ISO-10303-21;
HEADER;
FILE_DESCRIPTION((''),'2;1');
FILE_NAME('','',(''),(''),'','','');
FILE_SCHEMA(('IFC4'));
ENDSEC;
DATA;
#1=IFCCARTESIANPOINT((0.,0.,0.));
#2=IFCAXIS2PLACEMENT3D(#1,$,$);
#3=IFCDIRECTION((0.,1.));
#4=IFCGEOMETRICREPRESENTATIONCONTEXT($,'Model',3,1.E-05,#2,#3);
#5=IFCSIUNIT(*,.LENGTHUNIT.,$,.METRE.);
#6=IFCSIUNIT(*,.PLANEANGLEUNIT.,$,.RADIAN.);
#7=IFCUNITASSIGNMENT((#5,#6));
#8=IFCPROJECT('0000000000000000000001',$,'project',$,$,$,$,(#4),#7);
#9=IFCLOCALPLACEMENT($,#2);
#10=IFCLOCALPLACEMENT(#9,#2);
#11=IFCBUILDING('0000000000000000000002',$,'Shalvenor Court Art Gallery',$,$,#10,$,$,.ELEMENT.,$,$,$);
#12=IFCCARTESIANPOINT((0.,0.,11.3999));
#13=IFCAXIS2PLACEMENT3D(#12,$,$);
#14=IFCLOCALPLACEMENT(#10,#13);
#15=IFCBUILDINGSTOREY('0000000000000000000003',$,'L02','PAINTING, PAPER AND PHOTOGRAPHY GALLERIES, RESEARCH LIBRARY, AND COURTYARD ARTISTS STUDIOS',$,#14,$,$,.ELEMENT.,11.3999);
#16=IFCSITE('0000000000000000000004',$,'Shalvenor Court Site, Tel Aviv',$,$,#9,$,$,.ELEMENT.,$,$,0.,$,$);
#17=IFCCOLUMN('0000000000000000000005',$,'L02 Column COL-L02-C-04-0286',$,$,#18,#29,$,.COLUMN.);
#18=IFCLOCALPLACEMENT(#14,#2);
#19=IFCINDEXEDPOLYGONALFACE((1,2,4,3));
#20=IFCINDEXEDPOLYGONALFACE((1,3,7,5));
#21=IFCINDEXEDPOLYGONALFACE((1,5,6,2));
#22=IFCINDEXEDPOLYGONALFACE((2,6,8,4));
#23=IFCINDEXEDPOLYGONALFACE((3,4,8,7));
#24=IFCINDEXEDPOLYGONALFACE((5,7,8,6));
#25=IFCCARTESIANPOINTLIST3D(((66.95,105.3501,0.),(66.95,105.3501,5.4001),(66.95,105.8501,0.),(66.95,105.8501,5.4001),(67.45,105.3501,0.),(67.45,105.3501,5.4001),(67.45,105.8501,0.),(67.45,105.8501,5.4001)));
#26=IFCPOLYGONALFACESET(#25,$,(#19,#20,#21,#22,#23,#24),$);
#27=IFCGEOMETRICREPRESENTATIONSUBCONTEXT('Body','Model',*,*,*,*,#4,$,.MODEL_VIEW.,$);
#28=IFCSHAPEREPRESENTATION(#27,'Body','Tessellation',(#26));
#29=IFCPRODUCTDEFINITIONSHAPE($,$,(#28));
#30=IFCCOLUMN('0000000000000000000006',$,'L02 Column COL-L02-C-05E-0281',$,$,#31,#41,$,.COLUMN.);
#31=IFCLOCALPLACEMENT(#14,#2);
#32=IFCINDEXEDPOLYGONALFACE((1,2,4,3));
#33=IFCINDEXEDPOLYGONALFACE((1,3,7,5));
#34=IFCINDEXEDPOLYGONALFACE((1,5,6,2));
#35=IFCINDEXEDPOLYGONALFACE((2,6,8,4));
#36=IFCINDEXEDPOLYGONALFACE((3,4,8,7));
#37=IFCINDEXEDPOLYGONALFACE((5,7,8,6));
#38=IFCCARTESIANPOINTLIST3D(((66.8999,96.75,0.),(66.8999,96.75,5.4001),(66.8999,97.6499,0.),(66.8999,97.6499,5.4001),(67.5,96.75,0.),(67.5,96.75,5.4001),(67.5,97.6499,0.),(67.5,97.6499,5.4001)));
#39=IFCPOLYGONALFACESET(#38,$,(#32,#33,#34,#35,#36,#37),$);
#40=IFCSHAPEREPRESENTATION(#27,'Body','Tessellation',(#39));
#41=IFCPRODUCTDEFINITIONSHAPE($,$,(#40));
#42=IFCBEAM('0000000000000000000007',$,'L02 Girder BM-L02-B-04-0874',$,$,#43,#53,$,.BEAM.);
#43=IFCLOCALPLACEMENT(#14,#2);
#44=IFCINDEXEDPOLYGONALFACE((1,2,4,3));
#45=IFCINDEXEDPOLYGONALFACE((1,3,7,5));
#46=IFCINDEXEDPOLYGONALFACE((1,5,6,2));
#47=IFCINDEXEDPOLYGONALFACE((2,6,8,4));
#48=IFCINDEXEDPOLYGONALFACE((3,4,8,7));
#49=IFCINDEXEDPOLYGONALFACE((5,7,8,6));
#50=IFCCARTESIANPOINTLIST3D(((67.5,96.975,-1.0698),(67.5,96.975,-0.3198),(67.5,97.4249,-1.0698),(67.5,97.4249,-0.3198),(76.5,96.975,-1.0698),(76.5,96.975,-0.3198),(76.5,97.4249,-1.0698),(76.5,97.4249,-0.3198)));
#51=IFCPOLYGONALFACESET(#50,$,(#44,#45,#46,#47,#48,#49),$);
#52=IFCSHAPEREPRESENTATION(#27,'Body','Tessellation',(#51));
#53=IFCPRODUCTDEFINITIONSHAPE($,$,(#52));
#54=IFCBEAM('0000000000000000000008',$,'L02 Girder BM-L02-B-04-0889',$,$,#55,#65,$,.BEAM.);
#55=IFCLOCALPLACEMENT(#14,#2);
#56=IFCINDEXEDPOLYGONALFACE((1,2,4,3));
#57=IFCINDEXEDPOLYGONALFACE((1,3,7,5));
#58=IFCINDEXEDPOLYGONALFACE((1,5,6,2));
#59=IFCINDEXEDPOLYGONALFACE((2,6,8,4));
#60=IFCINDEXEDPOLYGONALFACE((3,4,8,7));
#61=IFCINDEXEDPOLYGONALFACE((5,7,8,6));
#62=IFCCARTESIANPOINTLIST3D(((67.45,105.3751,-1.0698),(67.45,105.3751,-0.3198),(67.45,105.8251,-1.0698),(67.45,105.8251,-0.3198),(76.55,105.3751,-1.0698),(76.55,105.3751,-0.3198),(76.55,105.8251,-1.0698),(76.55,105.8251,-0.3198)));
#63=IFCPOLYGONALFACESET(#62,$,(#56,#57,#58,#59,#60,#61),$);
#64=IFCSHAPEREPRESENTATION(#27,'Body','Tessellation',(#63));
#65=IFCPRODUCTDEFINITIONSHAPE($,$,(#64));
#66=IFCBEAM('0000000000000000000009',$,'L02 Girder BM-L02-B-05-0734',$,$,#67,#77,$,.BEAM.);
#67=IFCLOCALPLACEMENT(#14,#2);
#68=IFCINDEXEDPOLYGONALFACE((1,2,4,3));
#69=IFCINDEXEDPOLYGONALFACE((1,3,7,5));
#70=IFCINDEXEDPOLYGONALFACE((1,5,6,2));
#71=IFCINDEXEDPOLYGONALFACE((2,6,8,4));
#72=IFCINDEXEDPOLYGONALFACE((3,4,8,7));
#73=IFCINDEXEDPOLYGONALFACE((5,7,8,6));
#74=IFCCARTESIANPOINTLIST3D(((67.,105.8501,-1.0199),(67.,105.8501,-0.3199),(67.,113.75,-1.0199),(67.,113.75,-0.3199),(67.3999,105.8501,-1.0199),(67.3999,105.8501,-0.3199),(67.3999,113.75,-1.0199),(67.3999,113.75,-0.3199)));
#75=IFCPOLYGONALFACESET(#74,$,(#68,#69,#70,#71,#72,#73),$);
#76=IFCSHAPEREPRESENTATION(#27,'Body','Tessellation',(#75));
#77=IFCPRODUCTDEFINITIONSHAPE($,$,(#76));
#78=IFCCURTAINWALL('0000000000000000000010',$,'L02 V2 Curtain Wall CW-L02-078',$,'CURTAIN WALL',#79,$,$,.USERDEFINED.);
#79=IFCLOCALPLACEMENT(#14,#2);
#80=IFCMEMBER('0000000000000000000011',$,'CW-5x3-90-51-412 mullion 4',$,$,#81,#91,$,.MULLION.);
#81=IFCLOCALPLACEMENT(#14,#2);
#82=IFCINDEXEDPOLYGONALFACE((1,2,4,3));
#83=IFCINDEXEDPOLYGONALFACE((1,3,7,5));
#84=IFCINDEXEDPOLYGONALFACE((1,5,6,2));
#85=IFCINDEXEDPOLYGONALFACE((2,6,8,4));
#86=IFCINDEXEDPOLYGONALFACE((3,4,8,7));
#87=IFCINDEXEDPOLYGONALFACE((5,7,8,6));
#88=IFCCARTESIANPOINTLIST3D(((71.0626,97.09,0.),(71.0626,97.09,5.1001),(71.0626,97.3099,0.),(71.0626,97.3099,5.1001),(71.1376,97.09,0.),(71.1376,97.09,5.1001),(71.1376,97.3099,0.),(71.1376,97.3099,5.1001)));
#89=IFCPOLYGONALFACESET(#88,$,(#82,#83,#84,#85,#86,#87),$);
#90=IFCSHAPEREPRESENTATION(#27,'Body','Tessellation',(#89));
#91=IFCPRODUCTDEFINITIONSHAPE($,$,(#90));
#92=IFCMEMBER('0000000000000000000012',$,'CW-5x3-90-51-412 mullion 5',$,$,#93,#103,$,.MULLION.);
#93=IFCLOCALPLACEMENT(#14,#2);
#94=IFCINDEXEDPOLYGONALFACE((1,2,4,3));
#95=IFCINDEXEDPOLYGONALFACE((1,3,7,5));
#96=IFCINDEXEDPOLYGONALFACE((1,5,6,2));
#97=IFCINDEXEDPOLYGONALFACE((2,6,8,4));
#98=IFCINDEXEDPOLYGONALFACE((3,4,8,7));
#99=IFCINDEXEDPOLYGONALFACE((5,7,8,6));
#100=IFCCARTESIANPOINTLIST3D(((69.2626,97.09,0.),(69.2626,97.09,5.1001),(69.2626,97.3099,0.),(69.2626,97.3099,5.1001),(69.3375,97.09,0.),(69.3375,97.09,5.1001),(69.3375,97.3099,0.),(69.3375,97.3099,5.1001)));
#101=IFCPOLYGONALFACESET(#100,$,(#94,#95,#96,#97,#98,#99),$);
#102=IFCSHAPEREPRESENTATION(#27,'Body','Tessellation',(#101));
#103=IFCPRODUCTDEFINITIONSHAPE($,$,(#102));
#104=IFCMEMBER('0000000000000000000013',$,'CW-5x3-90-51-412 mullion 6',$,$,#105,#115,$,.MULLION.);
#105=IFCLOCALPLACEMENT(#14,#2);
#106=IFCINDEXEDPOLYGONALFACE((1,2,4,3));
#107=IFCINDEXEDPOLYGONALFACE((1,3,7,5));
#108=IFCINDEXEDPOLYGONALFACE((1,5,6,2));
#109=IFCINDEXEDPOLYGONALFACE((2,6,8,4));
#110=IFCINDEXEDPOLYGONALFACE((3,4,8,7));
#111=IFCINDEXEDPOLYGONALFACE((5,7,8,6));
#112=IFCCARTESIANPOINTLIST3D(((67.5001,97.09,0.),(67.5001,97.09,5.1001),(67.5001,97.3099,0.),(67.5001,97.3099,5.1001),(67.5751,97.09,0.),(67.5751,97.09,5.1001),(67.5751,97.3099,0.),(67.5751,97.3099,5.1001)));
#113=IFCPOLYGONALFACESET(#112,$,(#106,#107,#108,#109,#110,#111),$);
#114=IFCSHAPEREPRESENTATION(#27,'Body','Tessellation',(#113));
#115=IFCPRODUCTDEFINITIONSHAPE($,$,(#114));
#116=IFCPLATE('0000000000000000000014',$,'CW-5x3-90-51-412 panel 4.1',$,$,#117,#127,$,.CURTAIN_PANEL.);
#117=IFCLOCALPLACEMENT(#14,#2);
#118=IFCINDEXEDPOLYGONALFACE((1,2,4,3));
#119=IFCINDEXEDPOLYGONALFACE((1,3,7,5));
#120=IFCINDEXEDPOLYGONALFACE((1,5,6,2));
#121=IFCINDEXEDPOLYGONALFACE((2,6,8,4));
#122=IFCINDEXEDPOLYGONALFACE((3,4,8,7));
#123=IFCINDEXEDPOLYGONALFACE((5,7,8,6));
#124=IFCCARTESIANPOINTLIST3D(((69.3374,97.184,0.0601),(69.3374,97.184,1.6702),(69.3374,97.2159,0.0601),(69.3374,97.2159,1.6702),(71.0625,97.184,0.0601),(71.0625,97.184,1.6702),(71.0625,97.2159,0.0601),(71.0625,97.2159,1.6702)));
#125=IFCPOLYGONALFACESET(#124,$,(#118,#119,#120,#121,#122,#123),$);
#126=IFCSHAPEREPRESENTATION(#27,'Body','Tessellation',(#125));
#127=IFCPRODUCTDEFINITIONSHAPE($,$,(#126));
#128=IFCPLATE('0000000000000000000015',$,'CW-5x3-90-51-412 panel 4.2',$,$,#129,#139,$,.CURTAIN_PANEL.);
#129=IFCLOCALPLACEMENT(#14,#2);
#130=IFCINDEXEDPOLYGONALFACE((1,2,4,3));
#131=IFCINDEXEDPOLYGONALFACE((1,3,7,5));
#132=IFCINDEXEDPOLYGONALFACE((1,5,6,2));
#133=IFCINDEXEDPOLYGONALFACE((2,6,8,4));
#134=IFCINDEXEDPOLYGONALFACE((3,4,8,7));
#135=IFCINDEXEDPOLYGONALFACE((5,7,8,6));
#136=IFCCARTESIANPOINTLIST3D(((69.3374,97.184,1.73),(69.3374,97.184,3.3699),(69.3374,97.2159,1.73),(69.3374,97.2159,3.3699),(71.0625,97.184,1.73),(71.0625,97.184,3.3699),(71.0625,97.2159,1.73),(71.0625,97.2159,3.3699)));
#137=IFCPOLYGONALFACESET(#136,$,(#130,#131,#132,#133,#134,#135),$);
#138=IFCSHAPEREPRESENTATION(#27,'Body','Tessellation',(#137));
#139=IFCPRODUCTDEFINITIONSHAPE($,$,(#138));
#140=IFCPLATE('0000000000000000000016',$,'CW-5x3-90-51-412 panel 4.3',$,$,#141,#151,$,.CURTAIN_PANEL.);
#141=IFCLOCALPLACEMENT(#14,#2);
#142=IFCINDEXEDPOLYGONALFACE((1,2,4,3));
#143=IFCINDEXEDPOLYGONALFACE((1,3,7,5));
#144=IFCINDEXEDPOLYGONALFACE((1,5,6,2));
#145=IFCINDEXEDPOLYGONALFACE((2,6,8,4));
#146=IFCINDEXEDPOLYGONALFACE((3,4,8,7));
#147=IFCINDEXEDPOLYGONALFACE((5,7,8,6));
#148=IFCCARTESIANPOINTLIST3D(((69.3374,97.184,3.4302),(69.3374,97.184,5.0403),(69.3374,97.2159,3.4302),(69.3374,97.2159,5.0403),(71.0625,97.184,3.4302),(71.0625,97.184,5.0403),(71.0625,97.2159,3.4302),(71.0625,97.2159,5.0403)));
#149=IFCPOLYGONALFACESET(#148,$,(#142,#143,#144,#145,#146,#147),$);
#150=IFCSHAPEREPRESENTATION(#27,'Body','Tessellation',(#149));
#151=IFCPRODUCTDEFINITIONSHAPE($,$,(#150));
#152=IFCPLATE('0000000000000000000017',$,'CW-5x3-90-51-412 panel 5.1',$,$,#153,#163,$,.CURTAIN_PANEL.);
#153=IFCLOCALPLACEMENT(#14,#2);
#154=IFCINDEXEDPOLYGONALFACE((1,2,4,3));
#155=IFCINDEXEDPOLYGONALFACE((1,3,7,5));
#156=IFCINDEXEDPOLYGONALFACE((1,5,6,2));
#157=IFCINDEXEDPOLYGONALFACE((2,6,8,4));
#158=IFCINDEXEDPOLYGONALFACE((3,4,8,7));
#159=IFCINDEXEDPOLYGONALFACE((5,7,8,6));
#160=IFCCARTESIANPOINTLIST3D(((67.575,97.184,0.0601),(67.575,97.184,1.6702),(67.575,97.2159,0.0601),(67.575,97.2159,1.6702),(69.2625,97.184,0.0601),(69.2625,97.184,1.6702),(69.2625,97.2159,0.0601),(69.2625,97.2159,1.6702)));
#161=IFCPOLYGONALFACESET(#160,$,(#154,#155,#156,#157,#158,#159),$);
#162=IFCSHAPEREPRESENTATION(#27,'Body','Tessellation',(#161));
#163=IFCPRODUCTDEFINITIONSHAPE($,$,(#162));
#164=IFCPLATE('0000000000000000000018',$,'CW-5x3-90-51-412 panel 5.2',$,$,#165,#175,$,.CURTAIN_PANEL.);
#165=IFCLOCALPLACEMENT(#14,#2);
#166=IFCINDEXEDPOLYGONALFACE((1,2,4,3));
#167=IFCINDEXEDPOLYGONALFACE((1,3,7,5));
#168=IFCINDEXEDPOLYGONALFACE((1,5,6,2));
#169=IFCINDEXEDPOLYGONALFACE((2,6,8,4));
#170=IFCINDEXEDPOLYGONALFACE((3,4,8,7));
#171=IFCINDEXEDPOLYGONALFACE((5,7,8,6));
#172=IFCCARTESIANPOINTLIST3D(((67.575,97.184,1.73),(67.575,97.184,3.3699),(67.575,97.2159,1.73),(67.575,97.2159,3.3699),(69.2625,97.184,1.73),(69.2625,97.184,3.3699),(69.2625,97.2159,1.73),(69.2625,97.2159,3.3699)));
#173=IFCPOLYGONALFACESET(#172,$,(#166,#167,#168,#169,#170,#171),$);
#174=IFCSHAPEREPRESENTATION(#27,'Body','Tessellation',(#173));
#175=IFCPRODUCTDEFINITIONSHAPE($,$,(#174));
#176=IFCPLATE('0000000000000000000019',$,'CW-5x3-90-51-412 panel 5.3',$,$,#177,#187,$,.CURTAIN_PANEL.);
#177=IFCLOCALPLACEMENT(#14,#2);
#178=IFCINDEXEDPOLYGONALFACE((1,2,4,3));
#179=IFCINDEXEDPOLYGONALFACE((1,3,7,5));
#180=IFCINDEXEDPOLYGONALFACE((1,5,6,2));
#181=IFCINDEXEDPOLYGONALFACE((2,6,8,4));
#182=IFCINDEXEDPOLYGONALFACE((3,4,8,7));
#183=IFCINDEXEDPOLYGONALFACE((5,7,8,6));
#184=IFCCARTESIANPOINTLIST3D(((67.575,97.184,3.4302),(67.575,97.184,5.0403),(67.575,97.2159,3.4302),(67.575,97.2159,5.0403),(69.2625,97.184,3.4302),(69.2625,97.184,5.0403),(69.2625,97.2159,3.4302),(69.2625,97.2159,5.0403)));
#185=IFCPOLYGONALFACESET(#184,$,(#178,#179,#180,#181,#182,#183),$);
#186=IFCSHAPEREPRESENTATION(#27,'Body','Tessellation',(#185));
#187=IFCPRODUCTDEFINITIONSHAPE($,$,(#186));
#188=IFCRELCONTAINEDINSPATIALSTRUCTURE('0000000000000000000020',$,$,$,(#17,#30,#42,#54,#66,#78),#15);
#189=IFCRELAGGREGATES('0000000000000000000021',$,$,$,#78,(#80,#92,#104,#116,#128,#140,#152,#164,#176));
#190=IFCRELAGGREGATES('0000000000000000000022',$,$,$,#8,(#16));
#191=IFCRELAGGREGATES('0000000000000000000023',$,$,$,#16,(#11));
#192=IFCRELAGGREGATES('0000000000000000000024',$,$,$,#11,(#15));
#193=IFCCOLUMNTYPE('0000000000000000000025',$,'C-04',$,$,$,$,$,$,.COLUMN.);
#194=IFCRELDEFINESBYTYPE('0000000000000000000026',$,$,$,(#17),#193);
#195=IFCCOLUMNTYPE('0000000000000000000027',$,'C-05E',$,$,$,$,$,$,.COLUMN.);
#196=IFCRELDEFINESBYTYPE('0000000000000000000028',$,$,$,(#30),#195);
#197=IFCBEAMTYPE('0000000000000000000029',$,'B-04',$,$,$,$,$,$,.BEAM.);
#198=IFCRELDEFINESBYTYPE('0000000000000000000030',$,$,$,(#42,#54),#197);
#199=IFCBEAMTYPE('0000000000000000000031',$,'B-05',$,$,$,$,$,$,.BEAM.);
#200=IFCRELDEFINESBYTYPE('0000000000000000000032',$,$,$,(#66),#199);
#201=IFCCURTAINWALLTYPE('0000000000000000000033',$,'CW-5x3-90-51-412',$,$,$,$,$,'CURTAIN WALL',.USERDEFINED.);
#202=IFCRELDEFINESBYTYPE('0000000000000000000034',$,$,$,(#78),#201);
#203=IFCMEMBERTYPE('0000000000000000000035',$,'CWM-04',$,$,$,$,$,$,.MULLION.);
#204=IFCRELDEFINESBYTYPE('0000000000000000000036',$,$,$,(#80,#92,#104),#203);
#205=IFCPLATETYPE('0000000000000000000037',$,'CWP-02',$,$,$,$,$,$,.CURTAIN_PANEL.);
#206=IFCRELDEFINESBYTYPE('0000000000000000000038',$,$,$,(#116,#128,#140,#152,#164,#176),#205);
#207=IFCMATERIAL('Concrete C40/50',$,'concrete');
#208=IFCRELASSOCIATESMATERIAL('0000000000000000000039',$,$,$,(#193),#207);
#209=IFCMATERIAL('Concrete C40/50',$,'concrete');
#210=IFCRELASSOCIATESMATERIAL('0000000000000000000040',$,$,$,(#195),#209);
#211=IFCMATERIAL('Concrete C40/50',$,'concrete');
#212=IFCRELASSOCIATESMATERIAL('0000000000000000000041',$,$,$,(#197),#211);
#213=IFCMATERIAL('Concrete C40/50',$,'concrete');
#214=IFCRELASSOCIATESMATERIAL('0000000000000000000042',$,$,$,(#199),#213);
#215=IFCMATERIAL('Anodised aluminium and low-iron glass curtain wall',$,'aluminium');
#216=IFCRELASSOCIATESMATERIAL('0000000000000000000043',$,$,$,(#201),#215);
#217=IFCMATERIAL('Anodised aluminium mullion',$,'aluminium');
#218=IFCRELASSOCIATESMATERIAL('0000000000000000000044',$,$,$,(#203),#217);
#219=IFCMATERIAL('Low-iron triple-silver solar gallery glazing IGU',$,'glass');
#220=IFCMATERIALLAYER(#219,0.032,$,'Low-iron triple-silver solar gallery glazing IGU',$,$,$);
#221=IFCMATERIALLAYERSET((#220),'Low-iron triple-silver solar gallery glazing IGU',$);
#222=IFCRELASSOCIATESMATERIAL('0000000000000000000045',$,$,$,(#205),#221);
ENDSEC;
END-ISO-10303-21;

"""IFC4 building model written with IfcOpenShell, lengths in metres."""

from ifc_helpers import new_model, si_unit, direction, frame, origin, origin_2d, place, context, subcontext, project, spatial, rectangle, extrude, material, layer, layer_set, material_profile, profile_set, type_object, element, aggregate, save


model = new_model("IFC4")

# Units and contexts
model_context = context("Model", 3, precision=1e-05, world=origin(), true_north=direction((0.0, 1.0)))
body_context = subcontext(model_context, "Body", "Model", "MODEL_VIEW")
ifc_project = project(units=[si_unit("LENGTHUNIT", "METRE"), si_unit("PLANEANGLEUNIT", "RADIAN")], contexts=[model_context])

# Site, building, storey
site_placement = place(None, origin())
site = spatial("IfcSite", under=ifc_project, at=site_placement, Name="Shalvenor Court Site, Tel Aviv", CompositionType="ELEMENT", RefElevation=0.0)
building_placement = place(site_placement, origin())
building = spatial("IfcBuilding", under=site, at=building_placement, Name="Shalvenor Court Art Gallery", CompositionType="ELEMENT")
storey_placement = place(building_placement, frame((0.0, 0.0, 11.3999)))
storey = spatial("IfcBuildingStorey", under=building, at=storey_placement, Name="L02", Description="PAINTING, PAPER AND PHOTOGRAPHY GALLERIES, RESEARCH LIBRARY, AND COURTYARD ARTISTS STUDIOS", CompositionType="ELEMENT", Elevation=11.3999)

# Columns
ifc_material_1 = material(Name="Concrete C40/50", Category="concrete")
ifc_material_profile_1 = material_profile(ifc_material_1, rectangle(XDim=0.5, YDim=0.5, at=origin_2d()), Name="RC 500x500")
ifc_profile_set_1 = profile_set([ifc_material_profile_1], Name="Concrete C40/50")
column_type_1 = type_object("IfcColumnType", Name="C-04", PredefinedType="COLUMN", material=ifc_profile_set_1)
column_1_placement = place(storey_placement, frame((67.2, 105.6001, 0.0), z_axis=(0.0, 0.0, 1.0), x_axis=(1.0, 0.0, 0.0)))
element("IfcColumn", 1, at=column_1_placement, inside=storey, type_object=column_type_1, Name="L02 Column COL-L02-C-04-0286", PredefinedType="COLUMN", context=body_context, shape_type="SweptSolid", body=[
    extrude(rectangle(XDim=0.5, YDim=0.5, at=origin_2d()), origin(), (0.0, 0.0, 1.0), 5.4001),
])
ifc_material_2 = material(Name="Concrete C40/50", Category="concrete")
ifc_material_profile_2 = material_profile(ifc_material_2, rectangle(XDim=0.6001, YDim=0.8999, at=origin_2d()), Name="RC 600x900")
ifc_profile_set_2 = profile_set([ifc_material_profile_2], Name="Concrete C40/50")
column_type_2 = type_object("IfcColumnType", Name="C-05E", PredefinedType="COLUMN", material=ifc_profile_set_2)
column_2_placement = place(storey_placement, frame((67.2, 97.2, 0.0), z_axis=(0.0, 0.0, 1.0), x_axis=(1.0, 0.0, 0.0)))
element("IfcColumn", 2, at=column_2_placement, inside=storey, type_object=column_type_2, Name="L02 Column COL-L02-C-05E-0281", PredefinedType="COLUMN", context=body_context, shape_type="SweptSolid", body=[
    extrude(rectangle(XDim=0.6001, YDim=0.8999, at=origin_2d()), origin(), (0.0, 0.0, 1.0), 5.4001),
])

# Beams
ifc_material_3 = material(Name="Concrete C40/50", Category="concrete")
ifc_material_profile_3 = material_profile(ifc_material_3, rectangle(XDim=0.45, YDim=0.75, at=origin_2d()), Name="RC 450x750")
ifc_profile_set_3 = profile_set([ifc_material_profile_3], Name="Concrete C40/50")
beam_type_1 = type_object("IfcBeamType", Name="B-04", PredefinedType="BEAM", material=ifc_profile_set_3)
beam_1_placement = place(storey_placement, frame((67.5, 97.2, -0.6948), z_axis=(1.0, 0.0, 0.0), x_axis=(0.0, 1.0, 0.0)))
element("IfcBeam", 3, at=beam_1_placement, inside=storey, type_object=beam_type_1, Name="L02 Girder BM-L02-B-04-0874", PredefinedType="BEAM", context=body_context, shape_type="SweptSolid", body=[
    extrude(rectangle(XDim=0.45, YDim=0.75, at=origin_2d()), origin(), (0.0, 0.0, 1.0), 9.0),
])
beam_2_placement = place(storey_placement, frame((67.45, 105.6001, -0.6948), z_axis=(1.0, 0.0, 0.0), x_axis=(0.0, 1.0, 0.0)))
element("IfcBeam", 4, at=beam_2_placement, inside=storey, type_object=beam_type_1, Name="L02 Girder BM-L02-B-04-0889", PredefinedType="BEAM", context=body_context, shape_type="SweptSolid", body=[
    extrude(rectangle(XDim=0.45, YDim=0.75, at=origin_2d()), origin(), (0.0, 0.0, 1.0), 9.1001),
])
ifc_material_4 = material(Name="Concrete C40/50", Category="concrete")
ifc_material_profile_4 = material_profile(ifc_material_4, rectangle(XDim=0.3999, YDim=0.7, at=origin_2d()), Name="RC 400x700")
ifc_profile_set_4 = profile_set([ifc_material_profile_4], Name="Concrete C40/50")
beam_type_2 = type_object("IfcBeamType", Name="B-05", PredefinedType="BEAM", material=ifc_profile_set_4)
beam_3_placement = place(storey_placement, frame((67.2, 105.8501, -0.6699), z_axis=(0.0, 1.0, 0.0), x_axis=(-1.0, 0.0, 0.0)))
element("IfcBeam", 5, at=beam_3_placement, inside=storey, type_object=beam_type_2, Name="L02 Girder BM-L02-B-05-0734", PredefinedType="BEAM", context=body_context, shape_type="SweptSolid", body=[
    extrude(rectangle(XDim=0.3999, YDim=0.7, at=origin_2d()), origin(), (0.0, 0.0, 1.0), 7.8999),
])

# Curtain wall, members, plates
ifc_material_5 = material(Name="Anodised aluminium and low-iron glass curtain wall", Category="aluminium")
curtain_wall_type = type_object("IfcCurtainWallType", Name="CW-5x3-90-51-412", ElementType="CURTAIN WALL", PredefinedType="USERDEFINED", material=ifc_material_5)
curtain_wall_placement = place(storey_placement, origin())
curtain_wall = element("IfcCurtainWall", 6, at=curtain_wall_placement, inside=storey, type_object=curtain_wall_type, Name="L02 V2 Curtain Wall CW-L02-078", ObjectType="CURTAIN WALL", PredefinedType="USERDEFINED")
ifc_material_6 = material(Name="Anodised aluminium mullion", Category="aluminium")
ifc_material_profile_5 = material_profile(ifc_material_6, rectangle(XDim=0.075, YDim=0.22, at=origin_2d()), Name="CWM-04")
ifc_profile_set_5 = profile_set([ifc_material_profile_5], Name="Anodised aluminium mullion")
member_type = type_object("IfcMemberType", Name="CWM-04", PredefinedType="MULLION", material=ifc_profile_set_5)
member_1_placement = place(storey_placement, frame((71.1001, 97.2, 0.0), z_axis=(0.0, 0.0, 1.0), x_axis=(-1.0, 0.0, 0.0)))
member_1 = element("IfcMember", 7, at=member_1_placement, type_object=member_type, Name="CW-5x3-90-51-412 mullion 4", PredefinedType="MULLION", context=body_context, shape_type="SweptSolid", body=[
    extrude(rectangle(XDim=0.075, YDim=0.22, at=origin_2d()), origin(), (0.0, 0.0, 1.0), 5.1001),
])
member_2_placement = place(storey_placement, frame((69.3, 97.2, 0.0), z_axis=(0.0, 0.0, 1.0), x_axis=(-1.0, 0.0, 0.0)))
member_2 = element("IfcMember", 8, at=member_2_placement, type_object=member_type, Name="CW-5x3-90-51-412 mullion 5", PredefinedType="MULLION", context=body_context, shape_type="SweptSolid", body=[
    extrude(rectangle(XDim=0.075, YDim=0.22, at=origin_2d()), origin(), (0.0, 0.0, 1.0), 5.1001),
])
member_3_placement = place(storey_placement, frame((67.5376, 97.2, 0.0), z_axis=(0.0, 0.0, 1.0), x_axis=(-1.0, 0.0, 0.0)))
member_3 = element("IfcMember", 9, at=member_3_placement, type_object=member_type, Name="CW-5x3-90-51-412 mullion 6", PredefinedType="MULLION", context=body_context, shape_type="SweptSolid", body=[
    extrude(rectangle(XDim=0.075, YDim=0.22, at=origin_2d()), origin(), (0.0, 0.0, 1.0), 5.1001),
])
ifc_material_7 = material(Name="Low-iron triple-silver solar gallery glazing IGU", Category="glass")
ifc_layer_1 = layer(ifc_material_7, 0.032, Name="Low-iron triple-silver solar gallery glazing IGU")
ifc_layer_set_1 = layer_set([ifc_layer_1], Name="Low-iron triple-silver solar gallery glazing IGU")
plate_type_1 = type_object("IfcPlateType", Name="CWP-02", PredefinedType="CURTAIN_PANEL", material=ifc_layer_set_1)
plate_1_placement = place(storey_placement, frame((70.2, 97.2, 0.0601), z_axis=(0.0, 0.0, 1.0), x_axis=(-1.0, 0.0, 0.0)))
plate_1 = element("IfcPlate", 10, at=plate_1_placement, type_object=plate_type_1, Name="CW-5x3-90-51-412 panel 4.1", PredefinedType="CURTAIN_PANEL", context=body_context, shape_type="SweptSolid", body=[
    extrude(rectangle(XDim=1.7251, YDim=0.032, at=origin_2d()), origin(), (0.0, 0.0, 1.0), 1.6101),
])
plate_2_placement = place(storey_placement, frame((70.2, 97.2, 1.73), z_axis=(0.0, 0.0, 1.0), x_axis=(-1.0, 0.0, 0.0)))
plate_2 = element("IfcPlate", 11, at=plate_2_placement, type_object=plate_type_1, Name="CW-5x3-90-51-412 panel 4.2", PredefinedType="CURTAIN_PANEL", context=body_context, shape_type="SweptSolid", body=[
    extrude(rectangle(XDim=1.7251, YDim=0.032, at=origin_2d()), origin(), (0.0, 0.0, 1.0), 1.6399),
])
plate_3_placement = place(storey_placement, frame((70.2, 97.2, 3.4302), z_axis=(0.0, 0.0, 1.0), x_axis=(-1.0, 0.0, 0.0)))
plate_3 = element("IfcPlate", 12, at=plate_3_placement, type_object=plate_type_1, Name="CW-5x3-90-51-412 panel 4.3", PredefinedType="CURTAIN_PANEL", context=body_context, shape_type="SweptSolid", body=[
    extrude(rectangle(XDim=1.7251, YDim=0.032, at=origin_2d()), origin(), (0.0, 0.0, 1.0), 1.6101),
])
plate_4_placement = place(storey_placement, frame((68.4187, 97.2, 0.0601), z_axis=(0.0, 0.0, 1.0), x_axis=(-1.0, 0.0, 0.0)))
plate_4 = element("IfcPlate", 13, at=plate_4_placement, type_object=plate_type_1, Name="CW-5x3-90-51-412 panel 5.1", PredefinedType="CURTAIN_PANEL", context=body_context, shape_type="SweptSolid", body=[
    extrude(rectangle(XDim=1.6875, YDim=0.032, at=origin_2d()), origin(), (0.0, 0.0, 1.0), 1.6101),
])
plate_5_placement = place(storey_placement, frame((68.4187, 97.2, 1.73), z_axis=(0.0, 0.0, 1.0), x_axis=(-1.0, 0.0, 0.0)))
plate_5 = element("IfcPlate", 14, at=plate_5_placement, type_object=plate_type_1, Name="CW-5x3-90-51-412 panel 5.2", PredefinedType="CURTAIN_PANEL", context=body_context, shape_type="SweptSolid", body=[
    extrude(rectangle(XDim=1.6875, YDim=0.032, at=origin_2d()), origin(), (0.0, 0.0, 1.0), 1.6399),
])
plate_6_placement = place(storey_placement, frame((68.4187, 97.2, 3.4302), z_axis=(0.0, 0.0, 1.0), x_axis=(-1.0, 0.0, 0.0)))
plate_6 = element("IfcPlate", 15, at=plate_6_placement, type_object=plate_type_1, Name="CW-5x3-90-51-412 panel 5.3", PredefinedType="CURTAIN_PANEL", context=body_context, shape_type="SweptSolid", body=[
    extrude(rectangle(XDim=1.6875, YDim=0.032, at=origin_2d()), origin(), (0.0, 0.0, 1.0), 1.6101),
])
aggregate(curtain_wall, [member_1, member_2, member_3, plate_1, plate_2, plate_3, plate_4, plate_5, plate_6])

save(model, "model.ifc")
